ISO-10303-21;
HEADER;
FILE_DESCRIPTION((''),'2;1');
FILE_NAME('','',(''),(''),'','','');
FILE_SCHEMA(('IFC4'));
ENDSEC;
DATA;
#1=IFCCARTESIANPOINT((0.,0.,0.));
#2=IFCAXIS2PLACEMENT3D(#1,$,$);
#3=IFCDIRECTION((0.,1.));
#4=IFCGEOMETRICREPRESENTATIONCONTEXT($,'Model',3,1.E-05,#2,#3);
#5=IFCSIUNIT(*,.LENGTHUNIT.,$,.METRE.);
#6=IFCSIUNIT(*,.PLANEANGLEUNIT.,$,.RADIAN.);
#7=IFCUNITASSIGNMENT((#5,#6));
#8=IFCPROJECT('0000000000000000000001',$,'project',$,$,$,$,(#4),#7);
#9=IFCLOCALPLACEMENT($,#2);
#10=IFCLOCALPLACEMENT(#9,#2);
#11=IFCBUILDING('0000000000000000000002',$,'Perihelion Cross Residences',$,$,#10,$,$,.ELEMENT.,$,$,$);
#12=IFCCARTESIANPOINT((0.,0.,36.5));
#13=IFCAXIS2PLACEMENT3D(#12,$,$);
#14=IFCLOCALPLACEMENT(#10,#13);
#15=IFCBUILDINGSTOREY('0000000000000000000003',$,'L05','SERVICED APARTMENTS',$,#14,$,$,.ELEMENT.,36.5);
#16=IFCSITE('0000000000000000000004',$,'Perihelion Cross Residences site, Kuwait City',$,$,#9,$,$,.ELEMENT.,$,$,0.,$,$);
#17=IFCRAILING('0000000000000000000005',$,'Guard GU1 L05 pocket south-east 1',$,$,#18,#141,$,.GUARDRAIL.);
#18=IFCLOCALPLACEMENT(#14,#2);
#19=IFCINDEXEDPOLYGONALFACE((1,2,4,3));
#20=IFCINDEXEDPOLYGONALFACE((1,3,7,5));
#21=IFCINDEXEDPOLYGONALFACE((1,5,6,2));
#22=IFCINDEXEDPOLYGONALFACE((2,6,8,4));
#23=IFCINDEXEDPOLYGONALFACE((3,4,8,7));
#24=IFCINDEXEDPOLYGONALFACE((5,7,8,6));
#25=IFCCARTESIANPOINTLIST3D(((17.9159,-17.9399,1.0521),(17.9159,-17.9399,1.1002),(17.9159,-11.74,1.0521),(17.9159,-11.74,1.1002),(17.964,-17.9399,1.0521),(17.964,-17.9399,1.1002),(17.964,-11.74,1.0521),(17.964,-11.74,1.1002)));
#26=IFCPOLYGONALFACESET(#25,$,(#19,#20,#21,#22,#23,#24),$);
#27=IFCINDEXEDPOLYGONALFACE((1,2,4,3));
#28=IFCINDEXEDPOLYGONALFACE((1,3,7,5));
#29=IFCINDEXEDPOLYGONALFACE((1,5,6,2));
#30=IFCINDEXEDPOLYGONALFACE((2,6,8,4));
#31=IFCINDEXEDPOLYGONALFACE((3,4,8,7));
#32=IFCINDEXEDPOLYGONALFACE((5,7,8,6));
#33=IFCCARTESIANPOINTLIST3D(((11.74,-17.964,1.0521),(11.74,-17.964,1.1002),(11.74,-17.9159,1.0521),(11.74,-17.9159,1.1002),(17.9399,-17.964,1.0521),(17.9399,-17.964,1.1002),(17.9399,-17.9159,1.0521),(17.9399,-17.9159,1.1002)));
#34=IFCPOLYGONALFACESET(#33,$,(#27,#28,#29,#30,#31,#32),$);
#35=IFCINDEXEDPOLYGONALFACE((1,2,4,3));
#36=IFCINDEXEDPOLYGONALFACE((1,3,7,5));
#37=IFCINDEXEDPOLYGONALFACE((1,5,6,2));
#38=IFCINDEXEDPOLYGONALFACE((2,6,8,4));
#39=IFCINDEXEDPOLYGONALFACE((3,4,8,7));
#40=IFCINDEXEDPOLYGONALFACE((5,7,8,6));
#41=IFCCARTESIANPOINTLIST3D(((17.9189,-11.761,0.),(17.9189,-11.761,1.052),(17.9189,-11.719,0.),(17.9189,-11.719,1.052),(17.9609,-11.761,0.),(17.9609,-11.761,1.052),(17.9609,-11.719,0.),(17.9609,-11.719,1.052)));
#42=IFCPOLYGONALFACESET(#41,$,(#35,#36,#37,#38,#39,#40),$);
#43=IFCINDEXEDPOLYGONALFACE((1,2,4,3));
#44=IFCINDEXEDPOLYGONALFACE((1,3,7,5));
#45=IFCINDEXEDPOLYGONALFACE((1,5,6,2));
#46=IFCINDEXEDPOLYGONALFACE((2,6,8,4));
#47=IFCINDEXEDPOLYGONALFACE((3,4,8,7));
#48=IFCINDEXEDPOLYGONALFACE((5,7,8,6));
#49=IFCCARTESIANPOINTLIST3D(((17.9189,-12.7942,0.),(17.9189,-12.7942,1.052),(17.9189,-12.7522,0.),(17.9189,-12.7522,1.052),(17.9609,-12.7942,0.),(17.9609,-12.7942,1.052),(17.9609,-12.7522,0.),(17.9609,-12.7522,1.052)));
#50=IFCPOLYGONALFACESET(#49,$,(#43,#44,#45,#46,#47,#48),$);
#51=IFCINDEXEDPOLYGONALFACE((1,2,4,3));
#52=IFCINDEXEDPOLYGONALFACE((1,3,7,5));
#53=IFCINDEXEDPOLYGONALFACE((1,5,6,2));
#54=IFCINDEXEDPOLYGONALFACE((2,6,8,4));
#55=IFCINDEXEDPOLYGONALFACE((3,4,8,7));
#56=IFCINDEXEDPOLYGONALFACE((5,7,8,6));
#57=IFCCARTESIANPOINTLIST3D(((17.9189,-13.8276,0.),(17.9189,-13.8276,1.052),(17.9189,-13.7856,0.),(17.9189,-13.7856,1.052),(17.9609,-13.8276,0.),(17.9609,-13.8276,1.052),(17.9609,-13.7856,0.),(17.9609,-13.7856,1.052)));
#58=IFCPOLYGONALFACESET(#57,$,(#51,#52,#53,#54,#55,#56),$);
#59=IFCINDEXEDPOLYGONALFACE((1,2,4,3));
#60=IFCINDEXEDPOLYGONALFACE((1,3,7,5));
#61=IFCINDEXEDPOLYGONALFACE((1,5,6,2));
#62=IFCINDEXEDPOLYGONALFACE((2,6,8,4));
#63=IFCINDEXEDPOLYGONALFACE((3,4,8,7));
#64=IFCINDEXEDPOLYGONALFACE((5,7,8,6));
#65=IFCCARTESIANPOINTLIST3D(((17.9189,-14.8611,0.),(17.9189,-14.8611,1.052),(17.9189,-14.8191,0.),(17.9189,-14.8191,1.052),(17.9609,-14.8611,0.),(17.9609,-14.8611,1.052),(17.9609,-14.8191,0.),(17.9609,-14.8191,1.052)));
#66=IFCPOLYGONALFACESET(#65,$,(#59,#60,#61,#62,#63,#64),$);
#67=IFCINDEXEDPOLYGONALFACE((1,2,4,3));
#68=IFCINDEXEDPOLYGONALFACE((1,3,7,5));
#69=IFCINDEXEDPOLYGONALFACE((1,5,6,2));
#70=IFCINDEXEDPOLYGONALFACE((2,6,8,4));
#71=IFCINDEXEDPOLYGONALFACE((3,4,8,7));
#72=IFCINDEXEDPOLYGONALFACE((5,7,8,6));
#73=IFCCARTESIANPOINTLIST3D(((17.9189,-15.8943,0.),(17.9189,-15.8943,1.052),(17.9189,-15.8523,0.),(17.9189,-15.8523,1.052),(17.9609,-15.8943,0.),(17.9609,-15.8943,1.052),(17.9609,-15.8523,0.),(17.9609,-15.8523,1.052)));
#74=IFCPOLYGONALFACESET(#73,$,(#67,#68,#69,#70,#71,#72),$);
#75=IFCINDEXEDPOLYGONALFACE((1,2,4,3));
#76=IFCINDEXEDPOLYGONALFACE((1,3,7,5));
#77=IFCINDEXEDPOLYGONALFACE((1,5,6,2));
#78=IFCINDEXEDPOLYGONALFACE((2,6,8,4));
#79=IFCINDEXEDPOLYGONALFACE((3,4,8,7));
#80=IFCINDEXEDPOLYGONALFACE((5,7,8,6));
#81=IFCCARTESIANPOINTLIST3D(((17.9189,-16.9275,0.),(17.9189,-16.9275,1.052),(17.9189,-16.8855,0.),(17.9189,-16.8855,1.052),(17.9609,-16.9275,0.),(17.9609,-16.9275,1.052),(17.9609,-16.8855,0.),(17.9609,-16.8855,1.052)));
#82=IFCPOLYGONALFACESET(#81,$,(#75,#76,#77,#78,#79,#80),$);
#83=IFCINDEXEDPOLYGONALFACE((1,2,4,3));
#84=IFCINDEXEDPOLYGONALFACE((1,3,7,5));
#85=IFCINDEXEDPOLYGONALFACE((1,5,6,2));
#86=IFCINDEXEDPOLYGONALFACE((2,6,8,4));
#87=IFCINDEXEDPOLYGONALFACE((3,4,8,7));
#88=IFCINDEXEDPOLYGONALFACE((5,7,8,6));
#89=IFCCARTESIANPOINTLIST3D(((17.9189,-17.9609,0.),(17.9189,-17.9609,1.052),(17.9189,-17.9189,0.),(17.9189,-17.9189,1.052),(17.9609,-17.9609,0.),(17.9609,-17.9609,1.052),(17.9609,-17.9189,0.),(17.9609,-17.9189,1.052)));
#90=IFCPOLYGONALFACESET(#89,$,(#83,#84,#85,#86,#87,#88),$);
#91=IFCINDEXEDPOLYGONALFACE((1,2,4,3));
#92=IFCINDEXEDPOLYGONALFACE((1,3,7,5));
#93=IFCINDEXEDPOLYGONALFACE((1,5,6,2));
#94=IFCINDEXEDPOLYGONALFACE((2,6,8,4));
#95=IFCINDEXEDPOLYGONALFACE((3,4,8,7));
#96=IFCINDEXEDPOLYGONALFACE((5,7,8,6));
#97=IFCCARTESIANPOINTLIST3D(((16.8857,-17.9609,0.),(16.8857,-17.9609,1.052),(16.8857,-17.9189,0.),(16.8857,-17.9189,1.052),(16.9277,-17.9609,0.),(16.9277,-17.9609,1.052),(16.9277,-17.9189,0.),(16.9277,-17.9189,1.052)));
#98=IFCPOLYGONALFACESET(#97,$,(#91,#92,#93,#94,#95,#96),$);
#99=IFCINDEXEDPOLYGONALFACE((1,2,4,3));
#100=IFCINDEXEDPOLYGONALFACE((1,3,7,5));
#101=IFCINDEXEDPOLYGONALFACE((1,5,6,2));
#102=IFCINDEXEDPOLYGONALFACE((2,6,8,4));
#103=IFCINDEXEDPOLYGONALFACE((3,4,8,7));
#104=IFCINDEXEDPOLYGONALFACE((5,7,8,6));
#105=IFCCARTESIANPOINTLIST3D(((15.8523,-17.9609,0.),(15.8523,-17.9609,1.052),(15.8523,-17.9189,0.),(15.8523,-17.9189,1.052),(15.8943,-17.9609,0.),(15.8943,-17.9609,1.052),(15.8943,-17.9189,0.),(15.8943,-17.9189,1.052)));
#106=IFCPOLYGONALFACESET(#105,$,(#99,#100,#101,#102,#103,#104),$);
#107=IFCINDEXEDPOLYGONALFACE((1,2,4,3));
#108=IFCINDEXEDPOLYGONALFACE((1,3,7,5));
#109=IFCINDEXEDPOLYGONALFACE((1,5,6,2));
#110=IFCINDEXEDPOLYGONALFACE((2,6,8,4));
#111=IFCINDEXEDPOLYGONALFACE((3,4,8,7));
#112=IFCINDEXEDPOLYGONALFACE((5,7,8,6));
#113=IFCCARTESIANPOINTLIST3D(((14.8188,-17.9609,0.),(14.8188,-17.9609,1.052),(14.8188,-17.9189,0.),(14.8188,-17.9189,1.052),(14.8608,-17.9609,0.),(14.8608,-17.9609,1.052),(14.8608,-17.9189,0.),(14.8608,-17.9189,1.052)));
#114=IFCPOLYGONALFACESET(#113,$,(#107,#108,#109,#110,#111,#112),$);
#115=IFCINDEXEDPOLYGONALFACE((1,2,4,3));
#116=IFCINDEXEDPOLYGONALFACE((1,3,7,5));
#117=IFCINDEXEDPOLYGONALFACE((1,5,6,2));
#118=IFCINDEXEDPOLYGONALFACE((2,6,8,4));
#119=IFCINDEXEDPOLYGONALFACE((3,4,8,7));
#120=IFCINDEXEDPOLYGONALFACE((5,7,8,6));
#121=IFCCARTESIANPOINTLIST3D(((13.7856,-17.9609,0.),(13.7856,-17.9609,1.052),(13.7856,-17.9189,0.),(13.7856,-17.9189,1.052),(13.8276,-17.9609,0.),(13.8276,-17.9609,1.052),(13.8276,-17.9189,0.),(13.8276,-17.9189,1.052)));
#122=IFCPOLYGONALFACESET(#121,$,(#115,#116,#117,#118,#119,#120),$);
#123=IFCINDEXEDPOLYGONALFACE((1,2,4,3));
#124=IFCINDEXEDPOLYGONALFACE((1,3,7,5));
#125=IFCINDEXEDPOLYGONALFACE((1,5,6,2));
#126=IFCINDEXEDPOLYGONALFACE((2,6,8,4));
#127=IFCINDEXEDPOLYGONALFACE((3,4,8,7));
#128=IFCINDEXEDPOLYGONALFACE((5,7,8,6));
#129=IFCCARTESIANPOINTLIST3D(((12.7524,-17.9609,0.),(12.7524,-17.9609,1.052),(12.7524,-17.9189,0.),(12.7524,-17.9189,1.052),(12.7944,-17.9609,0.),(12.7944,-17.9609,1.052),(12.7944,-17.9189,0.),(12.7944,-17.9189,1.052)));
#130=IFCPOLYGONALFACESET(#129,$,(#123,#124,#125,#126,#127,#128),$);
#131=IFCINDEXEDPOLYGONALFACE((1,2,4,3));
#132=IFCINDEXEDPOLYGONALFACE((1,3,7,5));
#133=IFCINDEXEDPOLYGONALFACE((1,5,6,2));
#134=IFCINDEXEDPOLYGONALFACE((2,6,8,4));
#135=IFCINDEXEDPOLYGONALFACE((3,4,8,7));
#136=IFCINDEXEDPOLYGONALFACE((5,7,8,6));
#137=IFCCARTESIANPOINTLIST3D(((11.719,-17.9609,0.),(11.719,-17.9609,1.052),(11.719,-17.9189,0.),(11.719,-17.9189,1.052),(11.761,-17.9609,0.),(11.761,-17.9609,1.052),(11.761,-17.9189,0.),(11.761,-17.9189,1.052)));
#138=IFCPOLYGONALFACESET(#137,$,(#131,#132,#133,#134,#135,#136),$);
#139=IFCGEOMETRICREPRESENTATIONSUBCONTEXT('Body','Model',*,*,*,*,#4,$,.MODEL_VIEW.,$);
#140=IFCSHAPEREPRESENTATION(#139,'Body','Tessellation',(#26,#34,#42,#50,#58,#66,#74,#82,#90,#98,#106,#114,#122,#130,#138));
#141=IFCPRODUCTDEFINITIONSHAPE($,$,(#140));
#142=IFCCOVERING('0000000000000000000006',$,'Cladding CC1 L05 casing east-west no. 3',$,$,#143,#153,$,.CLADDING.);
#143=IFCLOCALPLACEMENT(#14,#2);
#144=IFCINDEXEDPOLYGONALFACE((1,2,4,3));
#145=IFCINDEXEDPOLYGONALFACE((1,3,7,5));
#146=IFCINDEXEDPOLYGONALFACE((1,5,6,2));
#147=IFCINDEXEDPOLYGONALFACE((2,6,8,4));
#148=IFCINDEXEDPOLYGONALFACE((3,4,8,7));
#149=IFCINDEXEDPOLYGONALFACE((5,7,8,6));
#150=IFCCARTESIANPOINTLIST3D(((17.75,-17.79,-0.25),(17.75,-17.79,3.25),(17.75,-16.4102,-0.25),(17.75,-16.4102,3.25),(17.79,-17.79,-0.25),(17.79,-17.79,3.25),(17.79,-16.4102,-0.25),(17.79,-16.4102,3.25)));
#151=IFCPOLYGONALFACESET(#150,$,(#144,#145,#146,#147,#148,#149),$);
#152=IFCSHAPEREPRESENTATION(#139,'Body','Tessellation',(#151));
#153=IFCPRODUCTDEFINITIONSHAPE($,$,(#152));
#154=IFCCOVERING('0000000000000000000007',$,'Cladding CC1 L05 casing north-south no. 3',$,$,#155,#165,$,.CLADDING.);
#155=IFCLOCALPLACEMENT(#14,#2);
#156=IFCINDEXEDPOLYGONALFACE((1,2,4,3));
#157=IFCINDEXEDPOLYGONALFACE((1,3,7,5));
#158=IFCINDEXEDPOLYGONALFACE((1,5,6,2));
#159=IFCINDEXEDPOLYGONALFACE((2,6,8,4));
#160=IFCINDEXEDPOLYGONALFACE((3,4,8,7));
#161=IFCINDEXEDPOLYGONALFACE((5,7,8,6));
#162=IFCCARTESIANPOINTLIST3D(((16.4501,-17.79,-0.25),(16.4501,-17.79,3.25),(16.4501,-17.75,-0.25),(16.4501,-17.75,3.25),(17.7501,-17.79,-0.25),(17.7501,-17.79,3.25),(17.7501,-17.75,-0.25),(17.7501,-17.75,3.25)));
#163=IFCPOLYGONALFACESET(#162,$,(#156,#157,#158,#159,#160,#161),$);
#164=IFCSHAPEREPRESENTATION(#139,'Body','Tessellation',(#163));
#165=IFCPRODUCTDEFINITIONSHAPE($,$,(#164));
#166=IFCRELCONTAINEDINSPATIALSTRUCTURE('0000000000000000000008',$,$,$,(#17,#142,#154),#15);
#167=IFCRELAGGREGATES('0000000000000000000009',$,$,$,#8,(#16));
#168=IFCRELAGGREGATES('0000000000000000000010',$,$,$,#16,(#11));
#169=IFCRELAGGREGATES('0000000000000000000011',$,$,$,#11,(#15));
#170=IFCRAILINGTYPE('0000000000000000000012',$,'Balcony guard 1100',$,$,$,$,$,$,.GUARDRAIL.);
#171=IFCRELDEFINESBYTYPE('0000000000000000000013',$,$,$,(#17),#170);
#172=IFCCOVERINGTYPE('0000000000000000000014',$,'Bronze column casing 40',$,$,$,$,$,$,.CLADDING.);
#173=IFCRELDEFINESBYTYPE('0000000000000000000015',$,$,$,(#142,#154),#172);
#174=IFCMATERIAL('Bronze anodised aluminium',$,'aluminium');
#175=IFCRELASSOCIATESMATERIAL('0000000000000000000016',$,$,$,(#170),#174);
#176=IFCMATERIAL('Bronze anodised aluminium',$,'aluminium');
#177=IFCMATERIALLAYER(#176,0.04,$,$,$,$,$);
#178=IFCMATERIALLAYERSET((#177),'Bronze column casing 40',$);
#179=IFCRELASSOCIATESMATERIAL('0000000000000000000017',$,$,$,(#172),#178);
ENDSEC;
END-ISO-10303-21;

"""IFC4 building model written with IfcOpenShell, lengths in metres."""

from ifc_helpers import new_model, si_unit, direction, frame, origin, origin_2d, place, context, subcontext, project, spatial, rectangle, extrude, material, layer, layer_set, type_object, element, save


model = new_model("IFC4")

# Units and contexts
model_context = context("Model", 3, precision=1e-05, world=origin(), true_north=direction((0.0, 1.0)))
body_context = subcontext(model_context, "Body", "Model", "MODEL_VIEW")
ifc_project = project(units=[si_unit("LENGTHUNIT", "METRE"), si_unit("PLANEANGLEUNIT", "RADIAN")], contexts=[model_context])

# Site, building, storey
site_placement = place(None, origin())
site = spatial("IfcSite", under=ifc_project, at=site_placement, Name="Perihelion Cross Residences site, Kuwait City", CompositionType="ELEMENT", RefElevation=0.0)
building_placement = place(site_placement, origin())
building = spatial("IfcBuilding", under=site, at=building_placement, Name="Perihelion Cross Residences", CompositionType="ELEMENT")
storey_placement = place(building_placement, frame((0.0, 0.0, 36.5)))
storey = spatial("IfcBuildingStorey", under=building, at=storey_placement, Name="L05", Description="SERVICED APARTMENTS", CompositionType="ELEMENT", Elevation=36.5)

# Railing
ifc_material_1 = material(Name="Bronze anodised aluminium", Category="aluminium")
railing_type = type_object("IfcRailingType", Name="Balcony guard 1100", PredefinedType="GUARDRAIL", material=ifc_material_1)
railing_1_placement = place(storey_placement, frame((17.9399, -11.74, 0.0)))
element("IfcRailing", 1, at=railing_1_placement, inside=storey, type_object=railing_type, Name="Guard GU1 L05 pocket south-east 1", PredefinedType="GUARDRAIL", context=body_context, shape_type="SweptSolid", body=[
    extrude(rectangle(XDim=0.0481, YDim=0.0481, at=origin_2d()), frame((0.0, 0.0, 1.0762), z_axis=(0.0, -1.0, 0.0), x_axis=(1.0, 0.0, 0.0)), (0.0, 0.0, 1.0), 6.2),
    extrude(rectangle(XDim=0.0481, YDim=0.0481, at=origin_2d()), frame((0.0, -6.2, 1.0762), z_axis=(-1.0, 0.0, 0.0), x_axis=(0.0, -1.0, 0.0)), (0.0, 0.0, 1.0), 6.2),
    extrude(rectangle(XDim=0.042, YDim=0.042, at=origin_2d()), origin(), (0.0, 0.0, 1.0), 1.052),
    extrude(rectangle(XDim=0.042, YDim=0.042, at=origin_2d()), frame((0.0, -1.0332, 0.0)), (0.0, 0.0, 1.0), 1.052),
    extrude(rectangle(XDim=0.042, YDim=0.042, at=origin_2d()), frame((0.0, -2.0667, 0.0)), (0.0, 0.0, 1.0), 1.052),
    extrude(rectangle(XDim=0.042, YDim=0.042, at=origin_2d()), frame((0.0, -3.1001, 0.0)), (0.0, 0.0, 1.0), 1.052),
    extrude(rectangle(XDim=0.042, YDim=0.042, at=origin_2d()), frame((0.0, -4.1333, 0.0)), (0.0, 0.0, 1.0), 1.052),
    extrude(rectangle(XDim=0.042, YDim=0.042, at=origin_2d()), frame((0.0, -5.1665, 0.0)), (0.0, 0.0, 1.0), 1.052),
    extrude(rectangle(XDim=0.042, YDim=0.042, at=origin_2d()), frame((0.0, -6.2, 0.0)), (0.0, 0.0, 1.0), 1.052),
    extrude(rectangle(XDim=0.042, YDim=0.042, at=origin_2d()), frame((-1.0332, -6.2, 0.0)), (0.0, 0.0, 1.0), 1.052),
    extrude(rectangle(XDim=0.042, YDim=0.042, at=origin_2d()), frame((-2.0667, -6.2, 0.0)), (0.0, 0.0, 1.0), 1.052),
    extrude(rectangle(XDim=0.042, YDim=0.042, at=origin_2d()), frame((-3.1001, -6.2, 0.0)), (0.0, 0.0, 1.0), 1.052),
    extrude(rectangle(XDim=0.042, YDim=0.042, at=origin_2d()), frame((-4.1333, -6.2, 0.0)), (0.0, 0.0, 1.0), 1.052),
    extrude(rectangle(XDim=0.042, YDim=0.042, at=origin_2d()), frame((-5.1665, -6.2, 0.0)), (0.0, 0.0, 1.0), 1.052),
    extrude(rectangle(XDim=0.042, YDim=0.042, at=origin_2d()), frame((-6.2, -6.2, 0.0)), (0.0, 0.0, 1.0), 1.052),
])

# Coverings
ifc_material_2 = material(Name="Bronze anodised aluminium", Category="aluminium")
ifc_layer_1 = layer(ifc_material_2, 0.04)
ifc_layer_set_1 = layer_set([ifc_layer_1], Name="Bronze column casing 40")
covering_type = type_object("IfcCoveringType", Name="Bronze column casing 40", PredefinedType="CLADDING", material=ifc_layer_set_1)
covering_1_placement = place(storey_placement, frame((17.77, -17.1001, -0.25), z_axis=(0.0, 0.0, 1.0), x_axis=(1.0, 0.0, 0.0)))
element("IfcCovering", 2, at=covering_1_placement, inside=storey, type_object=covering_type, Name="Cladding CC1 L05 casing east-west no. 3", PredefinedType="CLADDING", context=body_context, shape_type="SweptSolid", body=[
    extrude(rectangle(XDim=0.04, YDim=1.3799, at=origin_2d()), origin(), (0.0, 0.0, 1.0), 3.5),
])
covering_2_placement = place(storey_placement, frame((17.1001, -17.77, -0.25), z_axis=(0.0, 0.0, 1.0), x_axis=(1.0, 0.0, 0.0)))
element("IfcCovering", 3, at=covering_2_placement, inside=storey, type_object=covering_type, Name="Cladding CC1 L05 casing north-south no. 3", PredefinedType="CLADDING", context=body_context, shape_type="SweptSolid", body=[
    extrude(rectangle(XDim=1.3, YDim=0.04, at=origin_2d()), origin(), (0.0, 0.0, 1.0), 3.5),
])

save(model, "model.ifc")
